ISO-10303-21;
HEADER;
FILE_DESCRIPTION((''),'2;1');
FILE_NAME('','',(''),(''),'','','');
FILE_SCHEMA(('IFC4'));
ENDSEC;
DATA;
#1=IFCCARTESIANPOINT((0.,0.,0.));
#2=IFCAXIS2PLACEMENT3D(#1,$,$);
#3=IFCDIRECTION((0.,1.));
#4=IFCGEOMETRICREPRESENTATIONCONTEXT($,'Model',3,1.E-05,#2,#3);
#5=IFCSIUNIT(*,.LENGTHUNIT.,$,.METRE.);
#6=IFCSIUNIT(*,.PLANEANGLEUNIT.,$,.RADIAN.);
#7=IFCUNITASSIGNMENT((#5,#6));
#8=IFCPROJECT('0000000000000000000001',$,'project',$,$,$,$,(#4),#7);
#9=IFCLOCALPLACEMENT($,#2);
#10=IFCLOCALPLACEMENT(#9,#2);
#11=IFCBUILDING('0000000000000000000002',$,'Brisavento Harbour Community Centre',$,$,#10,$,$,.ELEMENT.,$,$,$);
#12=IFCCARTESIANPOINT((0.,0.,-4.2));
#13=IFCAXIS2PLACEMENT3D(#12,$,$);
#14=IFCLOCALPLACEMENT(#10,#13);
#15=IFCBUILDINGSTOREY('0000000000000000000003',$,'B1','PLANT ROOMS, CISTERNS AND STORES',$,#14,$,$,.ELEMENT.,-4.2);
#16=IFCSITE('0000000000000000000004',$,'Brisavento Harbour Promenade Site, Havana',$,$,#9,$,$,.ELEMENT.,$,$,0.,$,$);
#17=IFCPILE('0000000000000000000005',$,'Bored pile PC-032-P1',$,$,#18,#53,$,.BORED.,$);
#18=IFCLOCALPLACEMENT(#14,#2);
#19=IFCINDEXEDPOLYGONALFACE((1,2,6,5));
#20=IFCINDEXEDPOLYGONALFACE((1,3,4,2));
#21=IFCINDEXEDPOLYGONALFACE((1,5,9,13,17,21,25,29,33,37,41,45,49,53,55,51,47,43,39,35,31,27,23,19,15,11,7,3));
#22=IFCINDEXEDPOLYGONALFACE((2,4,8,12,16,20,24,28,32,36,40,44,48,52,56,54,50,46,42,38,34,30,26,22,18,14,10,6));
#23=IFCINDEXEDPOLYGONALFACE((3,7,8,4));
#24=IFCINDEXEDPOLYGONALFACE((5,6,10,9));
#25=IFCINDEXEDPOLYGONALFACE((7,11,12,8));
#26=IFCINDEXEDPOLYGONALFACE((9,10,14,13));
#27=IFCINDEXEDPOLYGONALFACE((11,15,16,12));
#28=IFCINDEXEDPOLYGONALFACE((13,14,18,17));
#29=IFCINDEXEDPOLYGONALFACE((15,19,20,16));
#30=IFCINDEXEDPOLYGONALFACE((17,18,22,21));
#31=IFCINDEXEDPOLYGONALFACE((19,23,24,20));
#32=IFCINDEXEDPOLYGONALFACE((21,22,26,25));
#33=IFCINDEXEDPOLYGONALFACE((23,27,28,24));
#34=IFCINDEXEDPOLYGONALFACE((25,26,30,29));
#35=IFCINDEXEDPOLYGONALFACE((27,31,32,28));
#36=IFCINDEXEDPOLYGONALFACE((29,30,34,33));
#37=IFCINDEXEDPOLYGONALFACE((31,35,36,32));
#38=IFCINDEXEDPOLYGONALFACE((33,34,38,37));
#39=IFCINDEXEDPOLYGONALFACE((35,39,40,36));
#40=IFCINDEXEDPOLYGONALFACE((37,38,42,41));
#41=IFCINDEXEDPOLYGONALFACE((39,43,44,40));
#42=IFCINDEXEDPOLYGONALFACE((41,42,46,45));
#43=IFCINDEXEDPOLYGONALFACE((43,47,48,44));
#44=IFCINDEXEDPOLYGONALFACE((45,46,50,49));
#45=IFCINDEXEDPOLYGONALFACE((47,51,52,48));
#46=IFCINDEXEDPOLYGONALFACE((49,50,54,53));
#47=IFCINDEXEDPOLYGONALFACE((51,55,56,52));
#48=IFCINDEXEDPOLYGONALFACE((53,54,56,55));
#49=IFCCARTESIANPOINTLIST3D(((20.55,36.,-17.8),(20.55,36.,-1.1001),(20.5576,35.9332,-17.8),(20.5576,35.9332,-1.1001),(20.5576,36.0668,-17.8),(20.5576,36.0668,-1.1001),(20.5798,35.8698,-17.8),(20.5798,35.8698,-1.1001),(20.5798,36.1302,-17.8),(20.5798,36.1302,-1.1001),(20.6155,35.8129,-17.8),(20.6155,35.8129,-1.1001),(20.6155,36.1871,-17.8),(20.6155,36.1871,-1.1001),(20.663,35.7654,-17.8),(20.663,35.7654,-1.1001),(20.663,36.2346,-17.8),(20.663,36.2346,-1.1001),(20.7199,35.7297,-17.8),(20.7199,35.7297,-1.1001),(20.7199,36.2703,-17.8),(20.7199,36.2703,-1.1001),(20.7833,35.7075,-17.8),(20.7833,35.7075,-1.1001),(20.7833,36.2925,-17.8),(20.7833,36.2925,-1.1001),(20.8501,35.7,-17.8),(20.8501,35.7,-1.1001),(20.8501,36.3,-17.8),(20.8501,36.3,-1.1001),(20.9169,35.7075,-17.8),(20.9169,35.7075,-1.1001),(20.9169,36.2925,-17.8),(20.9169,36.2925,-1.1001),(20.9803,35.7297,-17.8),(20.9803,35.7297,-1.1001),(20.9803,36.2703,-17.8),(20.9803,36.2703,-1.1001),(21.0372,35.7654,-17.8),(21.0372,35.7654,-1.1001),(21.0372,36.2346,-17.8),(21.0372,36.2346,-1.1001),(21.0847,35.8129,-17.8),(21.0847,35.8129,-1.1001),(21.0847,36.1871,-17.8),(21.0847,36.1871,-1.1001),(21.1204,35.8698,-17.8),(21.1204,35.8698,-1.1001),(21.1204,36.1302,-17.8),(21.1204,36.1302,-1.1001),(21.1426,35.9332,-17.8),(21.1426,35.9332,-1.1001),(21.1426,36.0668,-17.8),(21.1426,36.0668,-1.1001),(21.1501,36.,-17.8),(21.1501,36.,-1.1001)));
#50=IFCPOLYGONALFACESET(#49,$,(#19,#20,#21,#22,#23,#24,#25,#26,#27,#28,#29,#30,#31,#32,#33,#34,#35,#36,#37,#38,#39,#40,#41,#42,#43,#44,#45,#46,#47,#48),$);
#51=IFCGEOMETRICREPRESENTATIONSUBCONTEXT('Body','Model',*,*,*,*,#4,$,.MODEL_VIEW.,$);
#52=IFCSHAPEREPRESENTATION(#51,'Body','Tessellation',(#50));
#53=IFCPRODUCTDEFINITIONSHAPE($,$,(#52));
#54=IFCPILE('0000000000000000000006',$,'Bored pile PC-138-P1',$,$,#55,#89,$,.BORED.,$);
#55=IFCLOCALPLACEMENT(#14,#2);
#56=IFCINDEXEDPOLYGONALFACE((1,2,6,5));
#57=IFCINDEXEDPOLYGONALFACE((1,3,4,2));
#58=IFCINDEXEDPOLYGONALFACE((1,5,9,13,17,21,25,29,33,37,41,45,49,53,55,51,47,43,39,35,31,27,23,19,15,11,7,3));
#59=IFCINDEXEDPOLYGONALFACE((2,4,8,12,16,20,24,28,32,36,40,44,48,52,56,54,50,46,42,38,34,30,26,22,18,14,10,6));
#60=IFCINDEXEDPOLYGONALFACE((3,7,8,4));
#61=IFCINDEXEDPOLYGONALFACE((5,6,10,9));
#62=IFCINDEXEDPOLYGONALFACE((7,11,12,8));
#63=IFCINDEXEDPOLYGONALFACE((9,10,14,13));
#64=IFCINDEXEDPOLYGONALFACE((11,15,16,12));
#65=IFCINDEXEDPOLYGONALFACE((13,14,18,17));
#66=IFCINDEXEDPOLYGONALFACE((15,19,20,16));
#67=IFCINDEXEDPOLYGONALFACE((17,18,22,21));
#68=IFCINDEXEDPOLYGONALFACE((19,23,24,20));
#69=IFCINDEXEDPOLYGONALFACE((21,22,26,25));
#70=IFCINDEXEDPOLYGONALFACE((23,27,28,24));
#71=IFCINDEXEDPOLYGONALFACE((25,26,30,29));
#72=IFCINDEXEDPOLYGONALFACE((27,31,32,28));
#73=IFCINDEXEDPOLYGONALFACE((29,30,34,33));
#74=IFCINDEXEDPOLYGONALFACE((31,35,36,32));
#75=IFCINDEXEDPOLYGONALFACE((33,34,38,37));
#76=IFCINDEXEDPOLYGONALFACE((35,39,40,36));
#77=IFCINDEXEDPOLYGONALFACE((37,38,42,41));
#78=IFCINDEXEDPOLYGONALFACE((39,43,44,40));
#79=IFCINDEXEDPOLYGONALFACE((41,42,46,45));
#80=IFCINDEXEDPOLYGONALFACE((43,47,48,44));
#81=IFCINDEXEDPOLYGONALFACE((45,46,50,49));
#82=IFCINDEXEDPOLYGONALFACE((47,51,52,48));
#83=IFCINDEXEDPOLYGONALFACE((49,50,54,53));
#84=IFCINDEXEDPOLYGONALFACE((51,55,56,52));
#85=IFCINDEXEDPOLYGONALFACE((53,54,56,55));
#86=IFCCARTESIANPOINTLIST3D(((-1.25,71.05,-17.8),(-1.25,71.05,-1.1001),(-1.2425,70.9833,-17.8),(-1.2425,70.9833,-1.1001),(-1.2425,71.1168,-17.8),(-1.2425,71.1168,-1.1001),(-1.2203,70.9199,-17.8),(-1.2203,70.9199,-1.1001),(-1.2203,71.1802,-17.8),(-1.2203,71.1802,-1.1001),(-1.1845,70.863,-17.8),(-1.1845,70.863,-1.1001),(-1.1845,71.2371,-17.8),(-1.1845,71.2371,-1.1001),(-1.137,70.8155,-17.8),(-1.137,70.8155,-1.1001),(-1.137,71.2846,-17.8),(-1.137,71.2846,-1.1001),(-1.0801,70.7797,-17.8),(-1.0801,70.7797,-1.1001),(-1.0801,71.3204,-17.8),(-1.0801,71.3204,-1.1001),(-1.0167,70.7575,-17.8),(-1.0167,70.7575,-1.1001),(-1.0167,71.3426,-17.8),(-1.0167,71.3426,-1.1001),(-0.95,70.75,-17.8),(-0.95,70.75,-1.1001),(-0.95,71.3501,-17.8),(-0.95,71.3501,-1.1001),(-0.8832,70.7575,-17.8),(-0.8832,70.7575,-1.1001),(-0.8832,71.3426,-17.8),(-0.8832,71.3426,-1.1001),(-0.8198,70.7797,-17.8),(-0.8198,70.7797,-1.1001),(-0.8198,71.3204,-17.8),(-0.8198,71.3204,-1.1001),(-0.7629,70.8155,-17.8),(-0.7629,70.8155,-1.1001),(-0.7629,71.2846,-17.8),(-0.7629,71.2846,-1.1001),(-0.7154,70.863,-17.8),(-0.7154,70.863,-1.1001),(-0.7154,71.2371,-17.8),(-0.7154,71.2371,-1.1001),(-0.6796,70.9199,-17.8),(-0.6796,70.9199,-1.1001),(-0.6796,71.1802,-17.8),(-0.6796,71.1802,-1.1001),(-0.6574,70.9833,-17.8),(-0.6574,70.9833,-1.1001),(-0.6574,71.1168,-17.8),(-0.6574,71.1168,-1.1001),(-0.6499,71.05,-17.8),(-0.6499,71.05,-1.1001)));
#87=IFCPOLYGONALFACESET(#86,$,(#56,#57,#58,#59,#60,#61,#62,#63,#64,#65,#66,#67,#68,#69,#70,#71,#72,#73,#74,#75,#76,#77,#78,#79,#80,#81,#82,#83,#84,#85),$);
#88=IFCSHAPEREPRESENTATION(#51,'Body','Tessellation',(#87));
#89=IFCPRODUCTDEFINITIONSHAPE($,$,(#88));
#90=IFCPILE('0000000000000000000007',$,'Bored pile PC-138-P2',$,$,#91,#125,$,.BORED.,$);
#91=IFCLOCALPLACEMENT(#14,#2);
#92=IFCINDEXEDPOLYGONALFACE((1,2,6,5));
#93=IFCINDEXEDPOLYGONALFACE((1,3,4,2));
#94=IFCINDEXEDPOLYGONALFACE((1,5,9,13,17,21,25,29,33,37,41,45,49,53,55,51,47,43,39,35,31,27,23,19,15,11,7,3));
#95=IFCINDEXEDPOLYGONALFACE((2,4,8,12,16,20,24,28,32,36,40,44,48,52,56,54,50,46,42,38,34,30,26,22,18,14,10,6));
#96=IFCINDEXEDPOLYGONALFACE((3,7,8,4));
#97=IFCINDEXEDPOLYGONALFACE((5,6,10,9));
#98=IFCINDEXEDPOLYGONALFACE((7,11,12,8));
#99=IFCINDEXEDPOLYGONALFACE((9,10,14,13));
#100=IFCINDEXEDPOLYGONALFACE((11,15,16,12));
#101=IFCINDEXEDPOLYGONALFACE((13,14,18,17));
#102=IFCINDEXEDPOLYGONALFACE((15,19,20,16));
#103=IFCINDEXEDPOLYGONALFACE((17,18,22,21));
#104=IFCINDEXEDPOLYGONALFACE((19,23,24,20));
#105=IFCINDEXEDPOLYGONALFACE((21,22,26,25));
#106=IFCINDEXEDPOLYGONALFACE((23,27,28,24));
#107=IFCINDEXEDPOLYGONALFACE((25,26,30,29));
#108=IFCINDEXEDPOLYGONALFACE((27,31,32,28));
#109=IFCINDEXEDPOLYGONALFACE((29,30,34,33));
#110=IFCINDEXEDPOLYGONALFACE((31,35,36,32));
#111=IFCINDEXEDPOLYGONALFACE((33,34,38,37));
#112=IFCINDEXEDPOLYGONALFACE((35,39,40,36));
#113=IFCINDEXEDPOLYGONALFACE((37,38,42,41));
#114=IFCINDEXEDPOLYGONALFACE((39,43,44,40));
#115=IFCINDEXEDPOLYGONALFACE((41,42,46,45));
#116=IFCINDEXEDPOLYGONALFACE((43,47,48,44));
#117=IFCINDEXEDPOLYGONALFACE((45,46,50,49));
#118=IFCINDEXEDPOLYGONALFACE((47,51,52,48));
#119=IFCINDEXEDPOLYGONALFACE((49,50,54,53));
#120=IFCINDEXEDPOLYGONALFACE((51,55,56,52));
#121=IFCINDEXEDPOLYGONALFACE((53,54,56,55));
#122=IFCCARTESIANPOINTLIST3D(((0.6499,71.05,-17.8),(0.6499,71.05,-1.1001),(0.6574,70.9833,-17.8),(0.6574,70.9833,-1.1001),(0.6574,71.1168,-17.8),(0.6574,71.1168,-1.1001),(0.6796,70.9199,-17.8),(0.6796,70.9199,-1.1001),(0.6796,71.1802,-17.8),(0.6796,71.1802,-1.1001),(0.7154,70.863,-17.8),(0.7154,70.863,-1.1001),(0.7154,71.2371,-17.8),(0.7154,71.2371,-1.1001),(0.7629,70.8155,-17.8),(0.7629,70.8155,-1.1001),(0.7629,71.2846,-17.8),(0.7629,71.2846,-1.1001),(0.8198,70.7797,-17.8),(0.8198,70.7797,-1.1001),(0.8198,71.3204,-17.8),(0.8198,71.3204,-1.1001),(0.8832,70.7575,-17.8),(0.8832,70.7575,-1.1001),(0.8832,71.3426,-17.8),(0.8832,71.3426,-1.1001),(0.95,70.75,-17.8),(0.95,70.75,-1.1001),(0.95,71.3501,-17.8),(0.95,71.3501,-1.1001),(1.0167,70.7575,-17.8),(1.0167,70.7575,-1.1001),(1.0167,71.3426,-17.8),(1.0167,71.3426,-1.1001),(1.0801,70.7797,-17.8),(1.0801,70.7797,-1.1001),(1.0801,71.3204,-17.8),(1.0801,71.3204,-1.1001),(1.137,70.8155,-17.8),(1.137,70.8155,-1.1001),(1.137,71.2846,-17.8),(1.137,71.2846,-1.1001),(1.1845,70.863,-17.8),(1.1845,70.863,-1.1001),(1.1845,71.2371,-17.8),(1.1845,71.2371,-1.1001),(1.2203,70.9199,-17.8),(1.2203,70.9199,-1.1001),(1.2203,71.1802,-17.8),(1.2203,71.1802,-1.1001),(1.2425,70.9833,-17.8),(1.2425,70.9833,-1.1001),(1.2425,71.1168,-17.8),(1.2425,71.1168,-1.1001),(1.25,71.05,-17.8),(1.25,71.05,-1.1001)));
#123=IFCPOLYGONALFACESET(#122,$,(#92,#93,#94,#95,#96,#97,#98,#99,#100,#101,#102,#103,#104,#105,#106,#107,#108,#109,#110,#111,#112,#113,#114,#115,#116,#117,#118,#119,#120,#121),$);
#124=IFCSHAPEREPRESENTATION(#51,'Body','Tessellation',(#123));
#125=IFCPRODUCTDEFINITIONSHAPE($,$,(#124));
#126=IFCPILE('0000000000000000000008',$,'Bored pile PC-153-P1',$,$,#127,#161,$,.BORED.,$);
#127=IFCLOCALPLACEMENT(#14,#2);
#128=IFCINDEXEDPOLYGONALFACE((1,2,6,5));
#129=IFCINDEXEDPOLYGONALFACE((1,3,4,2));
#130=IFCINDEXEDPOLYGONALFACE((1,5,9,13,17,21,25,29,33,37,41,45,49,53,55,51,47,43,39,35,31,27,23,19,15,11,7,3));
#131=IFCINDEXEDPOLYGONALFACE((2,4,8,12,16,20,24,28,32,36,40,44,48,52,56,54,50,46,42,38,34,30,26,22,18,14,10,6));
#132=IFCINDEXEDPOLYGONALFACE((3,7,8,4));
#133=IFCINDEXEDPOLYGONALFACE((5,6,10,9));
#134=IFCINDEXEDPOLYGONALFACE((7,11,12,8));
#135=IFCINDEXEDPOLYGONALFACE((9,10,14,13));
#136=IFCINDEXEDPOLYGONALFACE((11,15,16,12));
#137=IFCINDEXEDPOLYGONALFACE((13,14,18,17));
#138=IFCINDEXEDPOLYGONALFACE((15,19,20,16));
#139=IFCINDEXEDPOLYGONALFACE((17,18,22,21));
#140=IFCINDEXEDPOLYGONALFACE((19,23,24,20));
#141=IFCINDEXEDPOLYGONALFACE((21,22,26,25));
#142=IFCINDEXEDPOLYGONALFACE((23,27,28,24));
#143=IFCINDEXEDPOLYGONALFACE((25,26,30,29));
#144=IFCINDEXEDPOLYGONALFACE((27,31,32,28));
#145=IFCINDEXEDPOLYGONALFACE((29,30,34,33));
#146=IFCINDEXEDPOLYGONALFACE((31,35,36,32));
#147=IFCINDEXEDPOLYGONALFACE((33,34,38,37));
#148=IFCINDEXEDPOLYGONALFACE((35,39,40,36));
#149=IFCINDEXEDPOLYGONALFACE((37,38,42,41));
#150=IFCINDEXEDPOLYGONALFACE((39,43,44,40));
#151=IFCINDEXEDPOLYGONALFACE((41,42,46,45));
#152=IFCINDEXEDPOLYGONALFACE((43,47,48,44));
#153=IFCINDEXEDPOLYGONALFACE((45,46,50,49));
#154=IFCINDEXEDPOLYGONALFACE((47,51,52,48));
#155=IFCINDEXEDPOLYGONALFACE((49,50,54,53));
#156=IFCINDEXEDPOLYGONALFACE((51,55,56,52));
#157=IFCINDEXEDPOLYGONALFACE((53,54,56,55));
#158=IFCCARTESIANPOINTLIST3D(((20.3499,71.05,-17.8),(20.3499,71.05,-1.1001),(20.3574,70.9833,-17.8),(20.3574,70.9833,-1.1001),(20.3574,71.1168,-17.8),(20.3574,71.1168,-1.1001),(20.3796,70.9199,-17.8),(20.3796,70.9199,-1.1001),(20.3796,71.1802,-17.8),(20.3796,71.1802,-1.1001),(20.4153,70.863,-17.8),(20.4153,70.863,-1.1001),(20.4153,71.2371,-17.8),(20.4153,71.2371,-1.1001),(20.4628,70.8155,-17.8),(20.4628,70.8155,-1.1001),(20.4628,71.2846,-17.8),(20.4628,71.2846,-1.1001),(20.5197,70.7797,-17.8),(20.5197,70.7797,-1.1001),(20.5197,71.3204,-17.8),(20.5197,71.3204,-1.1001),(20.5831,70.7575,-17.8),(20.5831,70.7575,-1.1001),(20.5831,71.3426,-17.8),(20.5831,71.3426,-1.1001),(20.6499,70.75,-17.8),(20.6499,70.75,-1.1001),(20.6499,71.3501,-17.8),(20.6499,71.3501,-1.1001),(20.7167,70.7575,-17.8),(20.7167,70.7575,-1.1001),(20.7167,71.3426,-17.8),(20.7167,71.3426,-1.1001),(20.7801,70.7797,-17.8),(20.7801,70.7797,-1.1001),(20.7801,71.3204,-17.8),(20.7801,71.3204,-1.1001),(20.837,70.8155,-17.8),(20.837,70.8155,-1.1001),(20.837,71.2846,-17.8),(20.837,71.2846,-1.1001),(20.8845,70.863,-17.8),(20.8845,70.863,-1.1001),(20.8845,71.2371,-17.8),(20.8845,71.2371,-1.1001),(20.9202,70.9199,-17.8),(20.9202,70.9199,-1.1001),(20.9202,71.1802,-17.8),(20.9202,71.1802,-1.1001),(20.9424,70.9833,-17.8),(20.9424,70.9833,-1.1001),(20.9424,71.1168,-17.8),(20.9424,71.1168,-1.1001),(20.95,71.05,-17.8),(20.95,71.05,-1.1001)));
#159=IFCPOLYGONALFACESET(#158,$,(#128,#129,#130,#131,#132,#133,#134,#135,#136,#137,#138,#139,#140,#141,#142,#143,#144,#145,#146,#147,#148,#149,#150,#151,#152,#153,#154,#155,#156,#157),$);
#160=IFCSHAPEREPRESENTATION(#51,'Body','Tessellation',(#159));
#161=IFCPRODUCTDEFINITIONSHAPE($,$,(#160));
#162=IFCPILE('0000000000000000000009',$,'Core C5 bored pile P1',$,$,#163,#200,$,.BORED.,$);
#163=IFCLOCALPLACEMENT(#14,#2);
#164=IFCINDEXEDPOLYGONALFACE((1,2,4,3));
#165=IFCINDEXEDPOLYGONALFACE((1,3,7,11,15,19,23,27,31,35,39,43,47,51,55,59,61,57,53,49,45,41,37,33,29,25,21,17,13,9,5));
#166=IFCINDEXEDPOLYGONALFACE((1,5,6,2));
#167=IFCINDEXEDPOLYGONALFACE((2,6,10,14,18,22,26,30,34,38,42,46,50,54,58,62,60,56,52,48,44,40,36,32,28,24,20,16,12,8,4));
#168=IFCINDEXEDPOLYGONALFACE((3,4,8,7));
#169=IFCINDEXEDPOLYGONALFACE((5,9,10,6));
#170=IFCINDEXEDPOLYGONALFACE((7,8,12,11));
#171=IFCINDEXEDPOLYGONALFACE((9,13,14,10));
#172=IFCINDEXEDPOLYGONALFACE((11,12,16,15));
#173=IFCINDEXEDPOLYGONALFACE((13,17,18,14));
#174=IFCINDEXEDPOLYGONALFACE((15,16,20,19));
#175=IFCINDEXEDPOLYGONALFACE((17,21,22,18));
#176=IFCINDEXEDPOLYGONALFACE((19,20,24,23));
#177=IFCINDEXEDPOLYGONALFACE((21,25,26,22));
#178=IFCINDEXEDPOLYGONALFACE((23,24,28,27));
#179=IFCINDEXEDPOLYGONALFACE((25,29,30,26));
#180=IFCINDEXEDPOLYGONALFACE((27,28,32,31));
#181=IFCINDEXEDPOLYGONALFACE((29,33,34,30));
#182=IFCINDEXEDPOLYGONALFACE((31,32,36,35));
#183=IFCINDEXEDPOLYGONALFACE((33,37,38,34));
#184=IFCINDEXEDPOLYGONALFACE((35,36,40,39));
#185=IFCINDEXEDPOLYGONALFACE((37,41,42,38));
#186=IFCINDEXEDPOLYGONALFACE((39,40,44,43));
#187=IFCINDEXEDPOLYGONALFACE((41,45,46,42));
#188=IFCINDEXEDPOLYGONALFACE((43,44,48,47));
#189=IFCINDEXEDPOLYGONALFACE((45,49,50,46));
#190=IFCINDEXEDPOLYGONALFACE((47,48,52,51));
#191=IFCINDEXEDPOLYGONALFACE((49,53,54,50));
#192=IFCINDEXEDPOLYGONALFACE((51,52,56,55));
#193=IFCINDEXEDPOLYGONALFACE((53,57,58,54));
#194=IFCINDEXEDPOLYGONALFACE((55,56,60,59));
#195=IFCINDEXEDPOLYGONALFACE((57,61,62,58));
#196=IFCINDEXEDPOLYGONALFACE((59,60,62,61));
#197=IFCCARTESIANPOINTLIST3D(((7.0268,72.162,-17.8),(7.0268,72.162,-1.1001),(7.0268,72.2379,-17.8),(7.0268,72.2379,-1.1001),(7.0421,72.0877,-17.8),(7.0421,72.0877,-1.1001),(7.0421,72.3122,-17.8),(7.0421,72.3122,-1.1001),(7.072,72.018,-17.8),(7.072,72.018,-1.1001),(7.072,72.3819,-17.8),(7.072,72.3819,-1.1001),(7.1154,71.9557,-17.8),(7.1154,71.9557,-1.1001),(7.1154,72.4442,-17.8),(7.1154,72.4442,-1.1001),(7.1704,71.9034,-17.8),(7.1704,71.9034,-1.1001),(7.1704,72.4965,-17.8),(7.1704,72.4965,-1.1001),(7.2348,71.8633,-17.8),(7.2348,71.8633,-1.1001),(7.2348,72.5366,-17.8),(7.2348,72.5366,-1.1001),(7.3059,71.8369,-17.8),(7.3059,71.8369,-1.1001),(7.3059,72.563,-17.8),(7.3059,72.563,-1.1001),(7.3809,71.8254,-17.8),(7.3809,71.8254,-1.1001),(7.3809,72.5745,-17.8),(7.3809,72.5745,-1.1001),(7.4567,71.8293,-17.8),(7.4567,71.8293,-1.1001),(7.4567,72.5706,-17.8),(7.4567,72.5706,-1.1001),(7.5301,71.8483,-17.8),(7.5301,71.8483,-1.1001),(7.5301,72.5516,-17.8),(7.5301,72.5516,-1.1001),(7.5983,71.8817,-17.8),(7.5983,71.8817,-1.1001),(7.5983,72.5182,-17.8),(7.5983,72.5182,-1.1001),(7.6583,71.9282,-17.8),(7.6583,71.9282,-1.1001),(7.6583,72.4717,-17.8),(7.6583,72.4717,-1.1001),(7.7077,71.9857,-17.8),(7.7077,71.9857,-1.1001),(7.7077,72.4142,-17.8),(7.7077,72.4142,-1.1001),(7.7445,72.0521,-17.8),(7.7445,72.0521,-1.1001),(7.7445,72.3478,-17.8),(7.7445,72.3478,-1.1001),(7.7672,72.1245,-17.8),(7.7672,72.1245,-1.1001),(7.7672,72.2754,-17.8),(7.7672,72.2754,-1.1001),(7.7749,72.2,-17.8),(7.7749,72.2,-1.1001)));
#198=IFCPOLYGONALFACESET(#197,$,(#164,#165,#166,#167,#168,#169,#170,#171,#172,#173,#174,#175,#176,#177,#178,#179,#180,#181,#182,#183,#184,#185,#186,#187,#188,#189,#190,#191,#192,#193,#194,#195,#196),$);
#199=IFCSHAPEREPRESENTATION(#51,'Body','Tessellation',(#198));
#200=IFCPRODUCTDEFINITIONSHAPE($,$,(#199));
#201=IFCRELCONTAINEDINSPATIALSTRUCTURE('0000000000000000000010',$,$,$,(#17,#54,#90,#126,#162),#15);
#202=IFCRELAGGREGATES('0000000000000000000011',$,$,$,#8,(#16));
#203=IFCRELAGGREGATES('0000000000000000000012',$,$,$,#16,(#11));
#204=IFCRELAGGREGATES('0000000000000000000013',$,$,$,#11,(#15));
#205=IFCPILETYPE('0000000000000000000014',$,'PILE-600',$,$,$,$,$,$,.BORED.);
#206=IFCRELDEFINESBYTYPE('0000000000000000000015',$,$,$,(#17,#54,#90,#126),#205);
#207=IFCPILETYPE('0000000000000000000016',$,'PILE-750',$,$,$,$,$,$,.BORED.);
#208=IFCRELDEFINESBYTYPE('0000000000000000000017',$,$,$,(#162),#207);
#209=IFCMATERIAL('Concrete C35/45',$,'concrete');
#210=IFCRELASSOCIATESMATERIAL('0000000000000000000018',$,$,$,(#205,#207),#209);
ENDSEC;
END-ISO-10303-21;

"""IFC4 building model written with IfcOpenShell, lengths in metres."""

from ifc_helpers import new_model, si_unit, direction, frame, origin, origin_2d, place, context, subcontext, project, spatial, circle, extrude, material, material_profile, profile_set, type_object, element, save


model = new_model("IFC4")

# Units and contexts
model_context = context("Model", 3, precision=1e-05, world=origin(), true_north=direction((0.0, 1.0)))
body_context = subcontext(model_context, "Body", "Model", "MODEL_VIEW")
ifc_project = project(units=[si_unit("LENGTHUNIT", "METRE"), si_unit("PLANEANGLEUNIT", "RADIAN")], contexts=[model_context])

# Site, building, storey
site_placement = place(None, origin())
site = spatial("IfcSite", under=ifc_project, at=site_placement, Name="Brisavento Harbour Promenade Site, Havana", CompositionType="ELEMENT", RefElevation=0.0)
building_placement = place(site_placement, origin())
building = spatial("IfcBuilding", under=site, at=building_placement, Name="Brisavento Harbour Community Centre", CompositionType="ELEMENT")
storey_placement = place(building_placement, frame((0.0, 0.0, -4.2)))
storey = spatial("IfcBuildingStorey", under=building, at=storey_placement, Name="B1", Description="PLANT ROOMS, CISTERNS AND STORES", CompositionType="ELEMENT", Elevation=-4.2)

# Shared definitions
ifc_material_1 = material(Name="Concrete C35/45", Category="concrete")

# Piles
ifc_material_profile_1 = material_profile(ifc_material_1, circle(Radius=0.3, at=origin_2d()), Name="Concrete C35/45")
ifc_profile_set_1 = profile_set([ifc_material_profile_1], Name="Concrete C35/45")
pile_type_1 = type_object("IfcPileType", Name="PILE-600", PredefinedType="BORED", material=ifc_profile_set_1)
for number, where, z_axis, x_axis, name in (
    (1, (20.8501, 36.0, -1.1001), (0.0, 0.0, -1.0), (1.0, 0.0, 0.0), "Bored pile PC-032-P1"),
    (2, (-0.95, 71.05, -1.1001), (0.0, 0.0, -1.0), (1.0, 0.0, 0.0), "Bored pile PC-138-P1"),
    (3, (0.95, 71.05, -1.1001), (0.0, 0.0, -1.0), (1.0, 0.0, 0.0), "Bored pile PC-138-P2"),
    (4, (20.6499, 71.05, -1.1001), (0.0, 0.0, -1.0), (1.0, 0.0, 0.0), "Bored pile PC-153-P1"),
):
    element("IfcPile", number, at=place(storey_placement, frame(where, z_axis=z_axis, x_axis=x_axis)), inside=storey, type_object=pile_type_1, Name=name, PredefinedType="BORED", context=body_context, shape_type="SweptSolid", body=[
        extrude(circle(Radius=0.3, at=origin_2d()), origin(), (0.0, 0.0, 1.0), 16.7),
    ])
ifc_material_profile_2 = material_profile(ifc_material_1, circle(Radius=0.375, at=origin_2d()), Name="Concrete C35/45")
ifc_profile_set_2 = profile_set([ifc_material_profile_2], Name="Concrete C35/45")
pile_type_2 = type_object("IfcPileType", Name="PILE-750", PredefinedType="BORED", material=ifc_profile_set_2)
for number, where, z_axis, x_axis, name in (
    (5, (7.3999, 72.2, -1.1001), (0.0, 0.0, -1.0), (1.0, 0.0, 0.0), "Core C5 bored pile P1"),
):
    element("IfcPile", number, at=place(storey_placement, frame(where, z_axis=z_axis, x_axis=x_axis)), inside=storey, type_object=pile_type_2, Name=name, PredefinedType="BORED", context=body_context, shape_type="SweptSolid", body=[
        extrude(circle(Radius=0.375, at=origin_2d()), origin(), (0.0, 0.0, 1.0), 16.7),
    ])

save(model, "model.ifc")
